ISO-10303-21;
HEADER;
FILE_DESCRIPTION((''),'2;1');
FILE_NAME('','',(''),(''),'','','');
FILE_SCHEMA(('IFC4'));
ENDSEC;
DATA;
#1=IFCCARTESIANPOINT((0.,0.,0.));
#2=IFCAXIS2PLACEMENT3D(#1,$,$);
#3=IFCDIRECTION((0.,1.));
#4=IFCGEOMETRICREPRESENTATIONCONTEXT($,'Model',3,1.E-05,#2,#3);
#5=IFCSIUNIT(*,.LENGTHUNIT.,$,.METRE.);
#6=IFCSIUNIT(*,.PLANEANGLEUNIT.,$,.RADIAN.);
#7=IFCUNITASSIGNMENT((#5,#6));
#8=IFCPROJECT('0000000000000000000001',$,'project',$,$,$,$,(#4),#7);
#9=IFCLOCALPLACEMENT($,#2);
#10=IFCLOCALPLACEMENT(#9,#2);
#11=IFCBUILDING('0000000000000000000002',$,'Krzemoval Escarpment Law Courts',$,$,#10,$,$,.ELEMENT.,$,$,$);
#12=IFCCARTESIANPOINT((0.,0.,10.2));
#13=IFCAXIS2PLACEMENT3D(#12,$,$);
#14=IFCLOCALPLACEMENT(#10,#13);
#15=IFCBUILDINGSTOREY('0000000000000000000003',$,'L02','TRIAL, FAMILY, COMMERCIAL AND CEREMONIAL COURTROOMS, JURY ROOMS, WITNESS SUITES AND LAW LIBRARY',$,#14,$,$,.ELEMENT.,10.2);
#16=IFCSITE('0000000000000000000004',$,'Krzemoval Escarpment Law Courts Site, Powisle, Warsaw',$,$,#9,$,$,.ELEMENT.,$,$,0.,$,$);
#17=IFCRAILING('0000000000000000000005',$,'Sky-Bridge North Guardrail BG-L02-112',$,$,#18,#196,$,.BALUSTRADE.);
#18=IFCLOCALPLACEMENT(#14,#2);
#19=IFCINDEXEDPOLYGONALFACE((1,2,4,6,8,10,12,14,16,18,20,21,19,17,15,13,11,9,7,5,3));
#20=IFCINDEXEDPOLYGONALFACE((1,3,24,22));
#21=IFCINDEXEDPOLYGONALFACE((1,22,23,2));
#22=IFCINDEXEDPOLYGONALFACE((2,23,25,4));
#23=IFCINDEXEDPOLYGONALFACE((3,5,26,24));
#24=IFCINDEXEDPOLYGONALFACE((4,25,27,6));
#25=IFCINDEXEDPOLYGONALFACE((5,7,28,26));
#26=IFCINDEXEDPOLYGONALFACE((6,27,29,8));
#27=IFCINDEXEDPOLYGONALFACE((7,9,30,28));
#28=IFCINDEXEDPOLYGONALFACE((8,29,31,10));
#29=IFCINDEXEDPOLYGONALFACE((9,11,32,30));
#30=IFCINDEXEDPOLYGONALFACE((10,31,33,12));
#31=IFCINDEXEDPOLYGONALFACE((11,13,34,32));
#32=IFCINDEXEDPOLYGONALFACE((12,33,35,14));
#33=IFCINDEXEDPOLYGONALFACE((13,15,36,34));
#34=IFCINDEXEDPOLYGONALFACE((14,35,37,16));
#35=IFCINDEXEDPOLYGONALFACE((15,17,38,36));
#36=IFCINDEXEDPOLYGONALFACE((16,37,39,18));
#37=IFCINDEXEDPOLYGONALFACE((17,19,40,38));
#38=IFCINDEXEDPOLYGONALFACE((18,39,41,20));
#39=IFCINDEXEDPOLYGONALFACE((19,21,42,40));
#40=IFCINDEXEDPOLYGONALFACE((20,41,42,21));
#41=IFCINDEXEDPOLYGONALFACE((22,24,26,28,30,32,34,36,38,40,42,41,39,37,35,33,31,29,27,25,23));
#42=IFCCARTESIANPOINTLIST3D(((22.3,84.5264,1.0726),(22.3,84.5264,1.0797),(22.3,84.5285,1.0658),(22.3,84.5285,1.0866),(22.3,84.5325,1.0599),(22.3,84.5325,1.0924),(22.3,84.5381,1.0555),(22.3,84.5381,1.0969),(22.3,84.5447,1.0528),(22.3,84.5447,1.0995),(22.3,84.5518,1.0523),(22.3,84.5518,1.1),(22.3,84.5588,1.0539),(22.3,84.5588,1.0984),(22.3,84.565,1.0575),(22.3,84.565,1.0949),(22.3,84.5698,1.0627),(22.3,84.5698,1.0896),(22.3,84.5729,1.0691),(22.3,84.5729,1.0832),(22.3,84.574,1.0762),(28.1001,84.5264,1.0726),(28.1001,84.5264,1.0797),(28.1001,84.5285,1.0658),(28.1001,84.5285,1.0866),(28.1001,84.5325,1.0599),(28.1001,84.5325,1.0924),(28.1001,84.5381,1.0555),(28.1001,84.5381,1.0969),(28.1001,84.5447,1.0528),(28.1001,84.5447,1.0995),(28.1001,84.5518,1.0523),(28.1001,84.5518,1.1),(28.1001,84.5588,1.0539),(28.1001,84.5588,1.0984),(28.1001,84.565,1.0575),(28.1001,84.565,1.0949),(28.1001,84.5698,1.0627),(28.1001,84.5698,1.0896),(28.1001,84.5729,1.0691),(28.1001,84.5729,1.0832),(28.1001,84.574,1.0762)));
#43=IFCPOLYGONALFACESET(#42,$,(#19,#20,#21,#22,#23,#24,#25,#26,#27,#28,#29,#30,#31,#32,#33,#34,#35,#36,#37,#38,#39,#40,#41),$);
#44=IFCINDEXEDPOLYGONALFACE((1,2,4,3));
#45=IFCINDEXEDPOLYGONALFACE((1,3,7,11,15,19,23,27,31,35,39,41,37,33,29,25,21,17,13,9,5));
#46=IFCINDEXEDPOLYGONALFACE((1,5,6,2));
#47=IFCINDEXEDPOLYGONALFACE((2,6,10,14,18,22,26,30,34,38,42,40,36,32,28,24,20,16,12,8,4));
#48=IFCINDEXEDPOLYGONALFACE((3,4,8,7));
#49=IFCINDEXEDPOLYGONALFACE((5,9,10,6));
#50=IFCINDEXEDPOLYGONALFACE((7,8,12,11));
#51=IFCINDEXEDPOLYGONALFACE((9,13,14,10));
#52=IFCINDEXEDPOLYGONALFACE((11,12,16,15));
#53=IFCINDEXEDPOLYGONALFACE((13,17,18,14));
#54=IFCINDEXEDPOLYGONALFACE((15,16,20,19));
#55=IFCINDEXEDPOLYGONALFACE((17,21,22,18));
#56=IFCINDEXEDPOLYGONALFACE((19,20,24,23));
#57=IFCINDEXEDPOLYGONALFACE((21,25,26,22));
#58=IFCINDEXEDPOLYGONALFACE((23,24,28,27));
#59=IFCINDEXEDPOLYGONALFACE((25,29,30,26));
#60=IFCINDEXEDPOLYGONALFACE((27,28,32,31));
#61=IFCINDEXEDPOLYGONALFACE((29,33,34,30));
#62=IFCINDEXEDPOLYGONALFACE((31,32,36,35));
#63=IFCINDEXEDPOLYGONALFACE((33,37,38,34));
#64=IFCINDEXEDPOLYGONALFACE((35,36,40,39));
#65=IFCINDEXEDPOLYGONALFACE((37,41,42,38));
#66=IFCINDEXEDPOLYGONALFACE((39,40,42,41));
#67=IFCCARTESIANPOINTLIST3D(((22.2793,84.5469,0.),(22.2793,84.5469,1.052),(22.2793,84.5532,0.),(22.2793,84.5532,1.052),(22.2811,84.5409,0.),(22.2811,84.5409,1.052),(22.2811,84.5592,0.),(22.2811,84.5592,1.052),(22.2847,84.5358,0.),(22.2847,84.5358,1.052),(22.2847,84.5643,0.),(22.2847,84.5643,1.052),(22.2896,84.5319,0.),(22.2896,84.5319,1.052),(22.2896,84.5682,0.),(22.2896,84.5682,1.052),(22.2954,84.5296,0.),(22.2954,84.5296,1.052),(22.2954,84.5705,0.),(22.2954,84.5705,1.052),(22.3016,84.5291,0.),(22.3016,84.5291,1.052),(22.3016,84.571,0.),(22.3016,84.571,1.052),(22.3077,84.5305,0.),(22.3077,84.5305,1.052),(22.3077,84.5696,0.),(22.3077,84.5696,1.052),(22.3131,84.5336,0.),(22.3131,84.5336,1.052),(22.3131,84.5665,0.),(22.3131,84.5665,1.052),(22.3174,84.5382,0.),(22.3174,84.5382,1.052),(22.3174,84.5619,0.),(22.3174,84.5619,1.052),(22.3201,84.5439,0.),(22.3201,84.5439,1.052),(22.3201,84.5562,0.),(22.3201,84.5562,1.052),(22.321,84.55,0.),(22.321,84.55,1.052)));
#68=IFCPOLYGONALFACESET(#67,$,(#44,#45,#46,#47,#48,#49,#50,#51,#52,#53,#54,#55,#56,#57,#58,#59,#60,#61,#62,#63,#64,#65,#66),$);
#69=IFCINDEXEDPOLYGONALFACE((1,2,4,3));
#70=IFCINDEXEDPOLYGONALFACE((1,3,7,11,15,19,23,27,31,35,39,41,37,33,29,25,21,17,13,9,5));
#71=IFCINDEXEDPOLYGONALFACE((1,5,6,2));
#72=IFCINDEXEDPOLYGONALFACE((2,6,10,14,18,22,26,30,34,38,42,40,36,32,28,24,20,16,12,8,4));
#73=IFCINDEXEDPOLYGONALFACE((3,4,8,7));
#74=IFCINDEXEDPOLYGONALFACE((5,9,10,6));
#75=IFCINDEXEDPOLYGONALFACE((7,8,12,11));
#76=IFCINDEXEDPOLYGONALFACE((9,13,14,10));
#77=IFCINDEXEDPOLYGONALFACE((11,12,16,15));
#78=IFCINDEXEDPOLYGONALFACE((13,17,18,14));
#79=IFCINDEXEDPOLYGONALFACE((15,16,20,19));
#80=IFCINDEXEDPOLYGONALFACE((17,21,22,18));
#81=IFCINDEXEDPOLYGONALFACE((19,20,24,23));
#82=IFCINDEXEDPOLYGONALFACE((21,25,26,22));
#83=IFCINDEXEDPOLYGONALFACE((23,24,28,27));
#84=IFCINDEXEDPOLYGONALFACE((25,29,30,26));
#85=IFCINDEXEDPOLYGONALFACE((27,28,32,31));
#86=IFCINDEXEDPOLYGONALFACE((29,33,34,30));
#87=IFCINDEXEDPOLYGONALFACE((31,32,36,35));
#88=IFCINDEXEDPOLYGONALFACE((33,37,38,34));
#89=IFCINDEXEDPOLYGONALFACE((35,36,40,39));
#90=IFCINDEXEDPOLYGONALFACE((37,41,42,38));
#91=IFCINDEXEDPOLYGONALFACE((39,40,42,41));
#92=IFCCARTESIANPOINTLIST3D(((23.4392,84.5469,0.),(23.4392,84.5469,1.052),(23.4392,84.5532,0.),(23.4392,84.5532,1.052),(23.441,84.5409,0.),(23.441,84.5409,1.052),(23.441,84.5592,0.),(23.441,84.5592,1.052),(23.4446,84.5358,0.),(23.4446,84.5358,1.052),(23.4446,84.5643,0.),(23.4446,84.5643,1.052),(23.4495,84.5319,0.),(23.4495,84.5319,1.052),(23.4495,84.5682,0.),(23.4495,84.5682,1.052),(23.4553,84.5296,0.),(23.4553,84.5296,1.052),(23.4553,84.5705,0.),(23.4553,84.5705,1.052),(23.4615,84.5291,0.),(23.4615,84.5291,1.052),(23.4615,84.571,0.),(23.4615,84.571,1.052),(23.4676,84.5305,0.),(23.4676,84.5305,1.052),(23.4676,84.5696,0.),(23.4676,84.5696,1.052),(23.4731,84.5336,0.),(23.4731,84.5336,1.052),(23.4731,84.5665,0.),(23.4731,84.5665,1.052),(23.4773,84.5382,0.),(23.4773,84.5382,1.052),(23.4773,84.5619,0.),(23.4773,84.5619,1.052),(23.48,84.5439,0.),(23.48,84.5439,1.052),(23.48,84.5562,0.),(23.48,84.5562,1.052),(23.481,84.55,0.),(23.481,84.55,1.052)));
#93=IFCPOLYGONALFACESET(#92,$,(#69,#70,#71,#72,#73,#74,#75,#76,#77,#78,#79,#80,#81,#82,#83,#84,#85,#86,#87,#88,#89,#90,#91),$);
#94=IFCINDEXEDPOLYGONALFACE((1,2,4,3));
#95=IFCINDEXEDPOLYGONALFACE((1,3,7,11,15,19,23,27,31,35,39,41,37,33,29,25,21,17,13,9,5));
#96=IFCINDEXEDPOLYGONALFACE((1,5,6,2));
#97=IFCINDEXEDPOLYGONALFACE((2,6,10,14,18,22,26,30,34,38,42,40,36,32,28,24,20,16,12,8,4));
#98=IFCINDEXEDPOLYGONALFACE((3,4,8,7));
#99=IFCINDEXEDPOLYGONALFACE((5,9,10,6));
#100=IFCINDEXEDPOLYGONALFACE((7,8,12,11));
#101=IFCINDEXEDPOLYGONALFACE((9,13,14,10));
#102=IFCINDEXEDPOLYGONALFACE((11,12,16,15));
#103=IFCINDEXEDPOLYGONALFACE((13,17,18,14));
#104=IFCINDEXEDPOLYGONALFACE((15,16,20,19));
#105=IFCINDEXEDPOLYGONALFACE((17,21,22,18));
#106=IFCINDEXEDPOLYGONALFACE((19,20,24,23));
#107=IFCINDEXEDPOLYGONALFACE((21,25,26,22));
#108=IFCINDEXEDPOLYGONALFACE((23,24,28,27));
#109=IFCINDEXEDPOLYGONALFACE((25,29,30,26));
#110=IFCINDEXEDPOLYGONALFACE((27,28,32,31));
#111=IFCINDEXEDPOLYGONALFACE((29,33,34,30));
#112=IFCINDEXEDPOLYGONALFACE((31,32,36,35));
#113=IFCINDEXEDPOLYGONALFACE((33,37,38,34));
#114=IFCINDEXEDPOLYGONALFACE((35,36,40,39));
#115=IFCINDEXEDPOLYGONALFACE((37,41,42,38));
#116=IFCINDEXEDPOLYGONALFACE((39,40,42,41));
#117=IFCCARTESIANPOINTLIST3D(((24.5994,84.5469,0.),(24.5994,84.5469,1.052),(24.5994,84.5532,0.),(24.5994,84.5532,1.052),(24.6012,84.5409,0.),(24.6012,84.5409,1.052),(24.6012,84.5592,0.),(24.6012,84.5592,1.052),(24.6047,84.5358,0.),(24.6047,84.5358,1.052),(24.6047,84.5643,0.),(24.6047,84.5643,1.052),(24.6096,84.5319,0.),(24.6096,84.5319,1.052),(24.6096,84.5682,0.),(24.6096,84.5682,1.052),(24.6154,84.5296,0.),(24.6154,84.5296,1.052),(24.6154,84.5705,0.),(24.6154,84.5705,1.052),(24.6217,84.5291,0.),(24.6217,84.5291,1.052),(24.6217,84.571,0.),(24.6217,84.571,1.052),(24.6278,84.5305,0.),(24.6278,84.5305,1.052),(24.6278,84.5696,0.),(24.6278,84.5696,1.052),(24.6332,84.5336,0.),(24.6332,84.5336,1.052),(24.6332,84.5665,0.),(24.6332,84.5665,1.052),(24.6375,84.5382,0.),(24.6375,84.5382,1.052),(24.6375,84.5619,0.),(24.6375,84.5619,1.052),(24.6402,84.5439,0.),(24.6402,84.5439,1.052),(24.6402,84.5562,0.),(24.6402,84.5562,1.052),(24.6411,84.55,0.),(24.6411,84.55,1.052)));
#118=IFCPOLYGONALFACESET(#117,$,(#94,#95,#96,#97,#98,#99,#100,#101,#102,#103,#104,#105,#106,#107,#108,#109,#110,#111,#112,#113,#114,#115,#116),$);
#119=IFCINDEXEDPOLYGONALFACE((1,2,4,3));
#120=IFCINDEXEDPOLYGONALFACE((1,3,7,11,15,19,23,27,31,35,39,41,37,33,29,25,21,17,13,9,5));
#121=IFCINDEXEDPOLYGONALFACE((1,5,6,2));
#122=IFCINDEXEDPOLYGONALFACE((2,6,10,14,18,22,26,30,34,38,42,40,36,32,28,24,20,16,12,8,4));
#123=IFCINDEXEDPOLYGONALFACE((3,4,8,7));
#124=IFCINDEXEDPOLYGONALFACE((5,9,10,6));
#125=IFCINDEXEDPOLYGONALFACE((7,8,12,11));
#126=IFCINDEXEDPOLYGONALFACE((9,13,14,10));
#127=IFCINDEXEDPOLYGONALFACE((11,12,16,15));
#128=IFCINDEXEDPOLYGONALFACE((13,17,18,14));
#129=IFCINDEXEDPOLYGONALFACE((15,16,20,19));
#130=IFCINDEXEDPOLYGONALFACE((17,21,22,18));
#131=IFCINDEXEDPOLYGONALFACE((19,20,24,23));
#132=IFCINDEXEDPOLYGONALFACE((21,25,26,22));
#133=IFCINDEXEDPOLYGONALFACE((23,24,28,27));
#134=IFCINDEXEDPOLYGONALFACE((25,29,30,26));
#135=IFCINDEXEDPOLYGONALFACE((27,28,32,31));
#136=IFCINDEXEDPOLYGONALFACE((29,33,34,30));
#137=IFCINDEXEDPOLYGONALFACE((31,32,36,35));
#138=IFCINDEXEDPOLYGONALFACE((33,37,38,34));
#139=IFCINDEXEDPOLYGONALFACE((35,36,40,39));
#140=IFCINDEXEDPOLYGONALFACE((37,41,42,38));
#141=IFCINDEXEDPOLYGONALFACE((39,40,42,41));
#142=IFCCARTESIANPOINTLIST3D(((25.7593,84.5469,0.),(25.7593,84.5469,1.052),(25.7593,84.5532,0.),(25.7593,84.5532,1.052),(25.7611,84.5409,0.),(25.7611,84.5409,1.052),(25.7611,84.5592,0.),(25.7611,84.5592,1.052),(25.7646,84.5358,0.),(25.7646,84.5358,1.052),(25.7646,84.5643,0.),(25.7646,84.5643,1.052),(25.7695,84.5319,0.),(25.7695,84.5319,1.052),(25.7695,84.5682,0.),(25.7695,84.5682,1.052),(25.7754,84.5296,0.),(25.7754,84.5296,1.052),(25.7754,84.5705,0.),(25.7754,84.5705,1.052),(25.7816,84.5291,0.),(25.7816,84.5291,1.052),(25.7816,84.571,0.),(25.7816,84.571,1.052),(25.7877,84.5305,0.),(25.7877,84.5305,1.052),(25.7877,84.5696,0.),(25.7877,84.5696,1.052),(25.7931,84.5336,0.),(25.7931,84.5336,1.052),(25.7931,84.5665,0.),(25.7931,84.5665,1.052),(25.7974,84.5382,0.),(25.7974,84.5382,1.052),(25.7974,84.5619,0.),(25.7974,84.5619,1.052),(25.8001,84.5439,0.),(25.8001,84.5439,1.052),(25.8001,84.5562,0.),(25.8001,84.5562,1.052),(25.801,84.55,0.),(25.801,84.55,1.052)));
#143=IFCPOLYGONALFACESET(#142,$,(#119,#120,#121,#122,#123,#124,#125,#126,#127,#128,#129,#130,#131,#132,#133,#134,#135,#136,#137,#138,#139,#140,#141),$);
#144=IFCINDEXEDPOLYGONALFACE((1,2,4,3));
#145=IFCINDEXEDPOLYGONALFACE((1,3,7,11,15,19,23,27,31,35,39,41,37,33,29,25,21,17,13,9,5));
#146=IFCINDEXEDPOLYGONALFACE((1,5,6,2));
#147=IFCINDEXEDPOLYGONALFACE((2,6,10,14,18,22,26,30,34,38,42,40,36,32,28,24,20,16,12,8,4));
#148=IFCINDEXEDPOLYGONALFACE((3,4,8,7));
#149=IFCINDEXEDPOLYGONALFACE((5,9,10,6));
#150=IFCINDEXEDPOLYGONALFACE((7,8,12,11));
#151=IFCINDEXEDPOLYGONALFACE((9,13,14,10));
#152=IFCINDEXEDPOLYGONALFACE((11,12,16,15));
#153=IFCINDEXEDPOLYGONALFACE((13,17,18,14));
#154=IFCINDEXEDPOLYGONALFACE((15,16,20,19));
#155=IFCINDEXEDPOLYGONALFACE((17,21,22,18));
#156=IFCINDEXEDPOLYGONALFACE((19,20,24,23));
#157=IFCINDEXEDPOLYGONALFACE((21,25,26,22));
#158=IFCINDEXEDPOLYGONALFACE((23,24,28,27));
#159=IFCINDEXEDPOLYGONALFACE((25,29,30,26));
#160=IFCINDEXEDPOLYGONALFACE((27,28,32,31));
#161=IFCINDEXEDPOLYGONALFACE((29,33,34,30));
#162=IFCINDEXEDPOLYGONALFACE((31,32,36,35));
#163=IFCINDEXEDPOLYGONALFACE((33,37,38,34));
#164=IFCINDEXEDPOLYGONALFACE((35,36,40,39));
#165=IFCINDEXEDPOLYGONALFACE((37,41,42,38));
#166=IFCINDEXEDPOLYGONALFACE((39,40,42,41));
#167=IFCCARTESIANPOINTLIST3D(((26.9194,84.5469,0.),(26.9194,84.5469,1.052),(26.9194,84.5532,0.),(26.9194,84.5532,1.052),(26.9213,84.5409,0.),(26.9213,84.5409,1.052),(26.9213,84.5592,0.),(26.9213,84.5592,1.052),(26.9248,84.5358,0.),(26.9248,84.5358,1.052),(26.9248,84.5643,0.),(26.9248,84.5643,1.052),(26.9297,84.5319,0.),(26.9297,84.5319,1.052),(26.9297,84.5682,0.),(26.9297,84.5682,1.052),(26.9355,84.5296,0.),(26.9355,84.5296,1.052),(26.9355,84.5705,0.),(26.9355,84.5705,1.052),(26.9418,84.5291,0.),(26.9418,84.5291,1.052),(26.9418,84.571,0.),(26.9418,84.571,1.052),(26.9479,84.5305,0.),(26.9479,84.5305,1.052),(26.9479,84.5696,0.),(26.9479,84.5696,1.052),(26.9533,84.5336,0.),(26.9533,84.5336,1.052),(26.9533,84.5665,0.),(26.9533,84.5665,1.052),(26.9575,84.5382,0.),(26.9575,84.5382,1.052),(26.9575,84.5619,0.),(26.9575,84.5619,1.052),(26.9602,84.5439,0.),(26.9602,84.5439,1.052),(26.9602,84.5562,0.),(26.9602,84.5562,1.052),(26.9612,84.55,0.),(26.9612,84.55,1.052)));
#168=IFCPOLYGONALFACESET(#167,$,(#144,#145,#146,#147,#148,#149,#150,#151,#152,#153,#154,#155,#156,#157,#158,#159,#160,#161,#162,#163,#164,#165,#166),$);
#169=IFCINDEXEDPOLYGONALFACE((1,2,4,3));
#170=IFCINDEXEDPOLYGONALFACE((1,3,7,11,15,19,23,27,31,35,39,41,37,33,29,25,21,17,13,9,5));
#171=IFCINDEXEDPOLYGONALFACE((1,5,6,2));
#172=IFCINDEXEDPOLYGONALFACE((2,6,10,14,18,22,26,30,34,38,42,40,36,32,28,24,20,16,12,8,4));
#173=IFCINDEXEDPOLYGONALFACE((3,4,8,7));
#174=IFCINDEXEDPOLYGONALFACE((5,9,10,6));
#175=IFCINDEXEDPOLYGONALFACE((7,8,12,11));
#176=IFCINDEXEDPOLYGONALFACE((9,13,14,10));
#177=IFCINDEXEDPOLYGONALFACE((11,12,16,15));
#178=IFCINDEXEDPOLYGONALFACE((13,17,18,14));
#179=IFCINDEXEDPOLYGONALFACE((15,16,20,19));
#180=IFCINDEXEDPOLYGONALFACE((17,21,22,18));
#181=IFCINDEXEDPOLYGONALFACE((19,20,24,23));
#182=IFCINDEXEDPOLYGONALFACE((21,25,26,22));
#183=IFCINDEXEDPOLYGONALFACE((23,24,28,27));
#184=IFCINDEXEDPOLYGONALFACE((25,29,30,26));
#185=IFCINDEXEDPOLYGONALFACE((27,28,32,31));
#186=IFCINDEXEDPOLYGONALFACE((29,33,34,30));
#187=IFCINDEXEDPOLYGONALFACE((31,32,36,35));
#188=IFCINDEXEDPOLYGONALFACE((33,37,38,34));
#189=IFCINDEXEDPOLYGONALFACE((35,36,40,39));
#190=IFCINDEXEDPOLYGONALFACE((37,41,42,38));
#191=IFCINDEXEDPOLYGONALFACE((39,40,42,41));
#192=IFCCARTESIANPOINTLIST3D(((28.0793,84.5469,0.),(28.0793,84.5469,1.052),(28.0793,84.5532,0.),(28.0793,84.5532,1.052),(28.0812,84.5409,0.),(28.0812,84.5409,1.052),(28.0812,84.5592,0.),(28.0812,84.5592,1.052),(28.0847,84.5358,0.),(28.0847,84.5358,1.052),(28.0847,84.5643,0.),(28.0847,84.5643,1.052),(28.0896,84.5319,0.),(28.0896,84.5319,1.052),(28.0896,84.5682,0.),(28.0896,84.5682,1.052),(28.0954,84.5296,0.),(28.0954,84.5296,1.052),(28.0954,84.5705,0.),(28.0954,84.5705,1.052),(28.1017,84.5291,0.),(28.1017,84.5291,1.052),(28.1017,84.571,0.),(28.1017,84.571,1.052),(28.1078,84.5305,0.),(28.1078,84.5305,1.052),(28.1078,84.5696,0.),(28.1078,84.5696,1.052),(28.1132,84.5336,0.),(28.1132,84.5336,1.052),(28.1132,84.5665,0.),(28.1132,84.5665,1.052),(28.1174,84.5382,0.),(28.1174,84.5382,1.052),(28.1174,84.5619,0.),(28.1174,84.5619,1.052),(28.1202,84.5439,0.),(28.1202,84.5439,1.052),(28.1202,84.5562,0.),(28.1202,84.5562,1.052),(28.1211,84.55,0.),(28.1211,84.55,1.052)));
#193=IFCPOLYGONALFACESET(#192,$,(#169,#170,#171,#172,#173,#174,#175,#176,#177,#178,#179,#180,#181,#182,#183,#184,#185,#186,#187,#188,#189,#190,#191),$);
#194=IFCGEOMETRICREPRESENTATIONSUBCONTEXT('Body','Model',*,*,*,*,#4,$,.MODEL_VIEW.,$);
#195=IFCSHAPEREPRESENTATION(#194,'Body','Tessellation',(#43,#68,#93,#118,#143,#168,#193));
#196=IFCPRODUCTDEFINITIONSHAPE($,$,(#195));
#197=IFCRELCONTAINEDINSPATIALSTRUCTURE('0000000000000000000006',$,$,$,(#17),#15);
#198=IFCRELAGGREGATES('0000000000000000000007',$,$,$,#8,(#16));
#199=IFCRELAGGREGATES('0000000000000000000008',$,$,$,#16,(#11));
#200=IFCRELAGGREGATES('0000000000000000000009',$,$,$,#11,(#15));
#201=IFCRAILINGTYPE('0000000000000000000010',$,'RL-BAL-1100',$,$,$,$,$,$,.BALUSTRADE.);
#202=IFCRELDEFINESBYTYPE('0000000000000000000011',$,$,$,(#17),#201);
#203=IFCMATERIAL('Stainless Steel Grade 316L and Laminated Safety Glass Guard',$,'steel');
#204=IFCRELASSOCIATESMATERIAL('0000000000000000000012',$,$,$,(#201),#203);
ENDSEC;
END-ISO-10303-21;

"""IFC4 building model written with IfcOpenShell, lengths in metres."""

from ifc_helpers import new_model, si_unit, direction, frame, origin, origin_2d, place, context, subcontext, project, spatial, circle, extrude, material, type_object, element, save


model = new_model("IFC4")

# Units and contexts
model_context = context("Model", 3, precision=1e-05, world=origin(), true_north=direction((0.0, 1.0)))
body_context = subcontext(model_context, "Body", "Model", "MODEL_VIEW")
ifc_project = project(units=[si_unit("LENGTHUNIT", "METRE"), si_unit("PLANEANGLEUNIT", "RADIAN")], contexts=[model_context])

# Site, building, storey
site_placement = place(None, origin())
site = spatial("IfcSite", under=ifc_project, at=site_placement, Name="Krzemoval Escarpment Law Courts Site, Powisle, Warsaw", CompositionType="ELEMENT", RefElevation=0.0)
building_placement = place(site_placement, origin())
building = spatial("IfcBuilding", under=site, at=building_placement, Name="Krzemoval Escarpment Law Courts", CompositionType="ELEMENT")
storey_placement = place(building_placement, frame((0.0, 0.0, 10.2)))
storey = spatial("IfcBuildingStorey", under=building, at=storey_placement, Name="L02", Description="TRIAL, FAMILY, COMMERCIAL AND CEREMONIAL COURTROOMS, JURY ROOMS, WITNESS SUITES AND LAW LIBRARY", CompositionType="ELEMENT", Elevation=10.2)

# Railing
ifc_material_1 = material(Name="Stainless Steel Grade 316L and Laminated Safety Glass Guard", Category="steel")
railing_type_1 = type_object("IfcRailingType", Name="RL-BAL-1100", PredefinedType="BALUSTRADE", material=ifc_material_1)
railing_1_placement = place(storey_placement, frame((22.3, 84.55, 0.0)))
element("IfcRailing", 1, at=railing_1_placement, inside=storey, type_object=railing_type_1, Name="Sky-Bridge North Guardrail BG-L02-112", PredefinedType="BALUSTRADE", context=body_context, shape_type="SweptSolid", body=[
    extrude(circle(Radius=0.0239, at=origin_2d()), frame((0.0, 0.0, 1.0762), z_axis=(1.0, 0.0, 0.0), x_axis=(0.0, 1.0, 0.0)), (0.0, 0.0, 1.0), 5.8),
    extrude(circle(Radius=0.021, at=origin_2d()), origin(), (0.0, 0.0, 1.0), 1.052),
    extrude(circle(Radius=0.021, at=origin_2d()), frame((1.1599, 0.0, 0.0)), (0.0, 0.0, 1.0), 1.052),
    extrude(circle(Radius=0.021, at=origin_2d()), frame((2.3201, 0.0, 0.0)), (0.0, 0.0, 1.0), 1.052),
    extrude(circle(Radius=0.021, at=origin_2d()), frame((3.48, 0.0, 0.0)), (0.0, 0.0, 1.0), 1.052),
    extrude(circle(Radius=0.021, at=origin_2d()), frame((4.6401, 0.0, 0.0)), (0.0, 0.0, 1.0), 1.052),
    extrude(circle(Radius=0.021, at=origin_2d()), frame((5.8, 0.0, 0.0)), (0.0, 0.0, 1.0), 1.052),
])

save(model, "model.ifc")
